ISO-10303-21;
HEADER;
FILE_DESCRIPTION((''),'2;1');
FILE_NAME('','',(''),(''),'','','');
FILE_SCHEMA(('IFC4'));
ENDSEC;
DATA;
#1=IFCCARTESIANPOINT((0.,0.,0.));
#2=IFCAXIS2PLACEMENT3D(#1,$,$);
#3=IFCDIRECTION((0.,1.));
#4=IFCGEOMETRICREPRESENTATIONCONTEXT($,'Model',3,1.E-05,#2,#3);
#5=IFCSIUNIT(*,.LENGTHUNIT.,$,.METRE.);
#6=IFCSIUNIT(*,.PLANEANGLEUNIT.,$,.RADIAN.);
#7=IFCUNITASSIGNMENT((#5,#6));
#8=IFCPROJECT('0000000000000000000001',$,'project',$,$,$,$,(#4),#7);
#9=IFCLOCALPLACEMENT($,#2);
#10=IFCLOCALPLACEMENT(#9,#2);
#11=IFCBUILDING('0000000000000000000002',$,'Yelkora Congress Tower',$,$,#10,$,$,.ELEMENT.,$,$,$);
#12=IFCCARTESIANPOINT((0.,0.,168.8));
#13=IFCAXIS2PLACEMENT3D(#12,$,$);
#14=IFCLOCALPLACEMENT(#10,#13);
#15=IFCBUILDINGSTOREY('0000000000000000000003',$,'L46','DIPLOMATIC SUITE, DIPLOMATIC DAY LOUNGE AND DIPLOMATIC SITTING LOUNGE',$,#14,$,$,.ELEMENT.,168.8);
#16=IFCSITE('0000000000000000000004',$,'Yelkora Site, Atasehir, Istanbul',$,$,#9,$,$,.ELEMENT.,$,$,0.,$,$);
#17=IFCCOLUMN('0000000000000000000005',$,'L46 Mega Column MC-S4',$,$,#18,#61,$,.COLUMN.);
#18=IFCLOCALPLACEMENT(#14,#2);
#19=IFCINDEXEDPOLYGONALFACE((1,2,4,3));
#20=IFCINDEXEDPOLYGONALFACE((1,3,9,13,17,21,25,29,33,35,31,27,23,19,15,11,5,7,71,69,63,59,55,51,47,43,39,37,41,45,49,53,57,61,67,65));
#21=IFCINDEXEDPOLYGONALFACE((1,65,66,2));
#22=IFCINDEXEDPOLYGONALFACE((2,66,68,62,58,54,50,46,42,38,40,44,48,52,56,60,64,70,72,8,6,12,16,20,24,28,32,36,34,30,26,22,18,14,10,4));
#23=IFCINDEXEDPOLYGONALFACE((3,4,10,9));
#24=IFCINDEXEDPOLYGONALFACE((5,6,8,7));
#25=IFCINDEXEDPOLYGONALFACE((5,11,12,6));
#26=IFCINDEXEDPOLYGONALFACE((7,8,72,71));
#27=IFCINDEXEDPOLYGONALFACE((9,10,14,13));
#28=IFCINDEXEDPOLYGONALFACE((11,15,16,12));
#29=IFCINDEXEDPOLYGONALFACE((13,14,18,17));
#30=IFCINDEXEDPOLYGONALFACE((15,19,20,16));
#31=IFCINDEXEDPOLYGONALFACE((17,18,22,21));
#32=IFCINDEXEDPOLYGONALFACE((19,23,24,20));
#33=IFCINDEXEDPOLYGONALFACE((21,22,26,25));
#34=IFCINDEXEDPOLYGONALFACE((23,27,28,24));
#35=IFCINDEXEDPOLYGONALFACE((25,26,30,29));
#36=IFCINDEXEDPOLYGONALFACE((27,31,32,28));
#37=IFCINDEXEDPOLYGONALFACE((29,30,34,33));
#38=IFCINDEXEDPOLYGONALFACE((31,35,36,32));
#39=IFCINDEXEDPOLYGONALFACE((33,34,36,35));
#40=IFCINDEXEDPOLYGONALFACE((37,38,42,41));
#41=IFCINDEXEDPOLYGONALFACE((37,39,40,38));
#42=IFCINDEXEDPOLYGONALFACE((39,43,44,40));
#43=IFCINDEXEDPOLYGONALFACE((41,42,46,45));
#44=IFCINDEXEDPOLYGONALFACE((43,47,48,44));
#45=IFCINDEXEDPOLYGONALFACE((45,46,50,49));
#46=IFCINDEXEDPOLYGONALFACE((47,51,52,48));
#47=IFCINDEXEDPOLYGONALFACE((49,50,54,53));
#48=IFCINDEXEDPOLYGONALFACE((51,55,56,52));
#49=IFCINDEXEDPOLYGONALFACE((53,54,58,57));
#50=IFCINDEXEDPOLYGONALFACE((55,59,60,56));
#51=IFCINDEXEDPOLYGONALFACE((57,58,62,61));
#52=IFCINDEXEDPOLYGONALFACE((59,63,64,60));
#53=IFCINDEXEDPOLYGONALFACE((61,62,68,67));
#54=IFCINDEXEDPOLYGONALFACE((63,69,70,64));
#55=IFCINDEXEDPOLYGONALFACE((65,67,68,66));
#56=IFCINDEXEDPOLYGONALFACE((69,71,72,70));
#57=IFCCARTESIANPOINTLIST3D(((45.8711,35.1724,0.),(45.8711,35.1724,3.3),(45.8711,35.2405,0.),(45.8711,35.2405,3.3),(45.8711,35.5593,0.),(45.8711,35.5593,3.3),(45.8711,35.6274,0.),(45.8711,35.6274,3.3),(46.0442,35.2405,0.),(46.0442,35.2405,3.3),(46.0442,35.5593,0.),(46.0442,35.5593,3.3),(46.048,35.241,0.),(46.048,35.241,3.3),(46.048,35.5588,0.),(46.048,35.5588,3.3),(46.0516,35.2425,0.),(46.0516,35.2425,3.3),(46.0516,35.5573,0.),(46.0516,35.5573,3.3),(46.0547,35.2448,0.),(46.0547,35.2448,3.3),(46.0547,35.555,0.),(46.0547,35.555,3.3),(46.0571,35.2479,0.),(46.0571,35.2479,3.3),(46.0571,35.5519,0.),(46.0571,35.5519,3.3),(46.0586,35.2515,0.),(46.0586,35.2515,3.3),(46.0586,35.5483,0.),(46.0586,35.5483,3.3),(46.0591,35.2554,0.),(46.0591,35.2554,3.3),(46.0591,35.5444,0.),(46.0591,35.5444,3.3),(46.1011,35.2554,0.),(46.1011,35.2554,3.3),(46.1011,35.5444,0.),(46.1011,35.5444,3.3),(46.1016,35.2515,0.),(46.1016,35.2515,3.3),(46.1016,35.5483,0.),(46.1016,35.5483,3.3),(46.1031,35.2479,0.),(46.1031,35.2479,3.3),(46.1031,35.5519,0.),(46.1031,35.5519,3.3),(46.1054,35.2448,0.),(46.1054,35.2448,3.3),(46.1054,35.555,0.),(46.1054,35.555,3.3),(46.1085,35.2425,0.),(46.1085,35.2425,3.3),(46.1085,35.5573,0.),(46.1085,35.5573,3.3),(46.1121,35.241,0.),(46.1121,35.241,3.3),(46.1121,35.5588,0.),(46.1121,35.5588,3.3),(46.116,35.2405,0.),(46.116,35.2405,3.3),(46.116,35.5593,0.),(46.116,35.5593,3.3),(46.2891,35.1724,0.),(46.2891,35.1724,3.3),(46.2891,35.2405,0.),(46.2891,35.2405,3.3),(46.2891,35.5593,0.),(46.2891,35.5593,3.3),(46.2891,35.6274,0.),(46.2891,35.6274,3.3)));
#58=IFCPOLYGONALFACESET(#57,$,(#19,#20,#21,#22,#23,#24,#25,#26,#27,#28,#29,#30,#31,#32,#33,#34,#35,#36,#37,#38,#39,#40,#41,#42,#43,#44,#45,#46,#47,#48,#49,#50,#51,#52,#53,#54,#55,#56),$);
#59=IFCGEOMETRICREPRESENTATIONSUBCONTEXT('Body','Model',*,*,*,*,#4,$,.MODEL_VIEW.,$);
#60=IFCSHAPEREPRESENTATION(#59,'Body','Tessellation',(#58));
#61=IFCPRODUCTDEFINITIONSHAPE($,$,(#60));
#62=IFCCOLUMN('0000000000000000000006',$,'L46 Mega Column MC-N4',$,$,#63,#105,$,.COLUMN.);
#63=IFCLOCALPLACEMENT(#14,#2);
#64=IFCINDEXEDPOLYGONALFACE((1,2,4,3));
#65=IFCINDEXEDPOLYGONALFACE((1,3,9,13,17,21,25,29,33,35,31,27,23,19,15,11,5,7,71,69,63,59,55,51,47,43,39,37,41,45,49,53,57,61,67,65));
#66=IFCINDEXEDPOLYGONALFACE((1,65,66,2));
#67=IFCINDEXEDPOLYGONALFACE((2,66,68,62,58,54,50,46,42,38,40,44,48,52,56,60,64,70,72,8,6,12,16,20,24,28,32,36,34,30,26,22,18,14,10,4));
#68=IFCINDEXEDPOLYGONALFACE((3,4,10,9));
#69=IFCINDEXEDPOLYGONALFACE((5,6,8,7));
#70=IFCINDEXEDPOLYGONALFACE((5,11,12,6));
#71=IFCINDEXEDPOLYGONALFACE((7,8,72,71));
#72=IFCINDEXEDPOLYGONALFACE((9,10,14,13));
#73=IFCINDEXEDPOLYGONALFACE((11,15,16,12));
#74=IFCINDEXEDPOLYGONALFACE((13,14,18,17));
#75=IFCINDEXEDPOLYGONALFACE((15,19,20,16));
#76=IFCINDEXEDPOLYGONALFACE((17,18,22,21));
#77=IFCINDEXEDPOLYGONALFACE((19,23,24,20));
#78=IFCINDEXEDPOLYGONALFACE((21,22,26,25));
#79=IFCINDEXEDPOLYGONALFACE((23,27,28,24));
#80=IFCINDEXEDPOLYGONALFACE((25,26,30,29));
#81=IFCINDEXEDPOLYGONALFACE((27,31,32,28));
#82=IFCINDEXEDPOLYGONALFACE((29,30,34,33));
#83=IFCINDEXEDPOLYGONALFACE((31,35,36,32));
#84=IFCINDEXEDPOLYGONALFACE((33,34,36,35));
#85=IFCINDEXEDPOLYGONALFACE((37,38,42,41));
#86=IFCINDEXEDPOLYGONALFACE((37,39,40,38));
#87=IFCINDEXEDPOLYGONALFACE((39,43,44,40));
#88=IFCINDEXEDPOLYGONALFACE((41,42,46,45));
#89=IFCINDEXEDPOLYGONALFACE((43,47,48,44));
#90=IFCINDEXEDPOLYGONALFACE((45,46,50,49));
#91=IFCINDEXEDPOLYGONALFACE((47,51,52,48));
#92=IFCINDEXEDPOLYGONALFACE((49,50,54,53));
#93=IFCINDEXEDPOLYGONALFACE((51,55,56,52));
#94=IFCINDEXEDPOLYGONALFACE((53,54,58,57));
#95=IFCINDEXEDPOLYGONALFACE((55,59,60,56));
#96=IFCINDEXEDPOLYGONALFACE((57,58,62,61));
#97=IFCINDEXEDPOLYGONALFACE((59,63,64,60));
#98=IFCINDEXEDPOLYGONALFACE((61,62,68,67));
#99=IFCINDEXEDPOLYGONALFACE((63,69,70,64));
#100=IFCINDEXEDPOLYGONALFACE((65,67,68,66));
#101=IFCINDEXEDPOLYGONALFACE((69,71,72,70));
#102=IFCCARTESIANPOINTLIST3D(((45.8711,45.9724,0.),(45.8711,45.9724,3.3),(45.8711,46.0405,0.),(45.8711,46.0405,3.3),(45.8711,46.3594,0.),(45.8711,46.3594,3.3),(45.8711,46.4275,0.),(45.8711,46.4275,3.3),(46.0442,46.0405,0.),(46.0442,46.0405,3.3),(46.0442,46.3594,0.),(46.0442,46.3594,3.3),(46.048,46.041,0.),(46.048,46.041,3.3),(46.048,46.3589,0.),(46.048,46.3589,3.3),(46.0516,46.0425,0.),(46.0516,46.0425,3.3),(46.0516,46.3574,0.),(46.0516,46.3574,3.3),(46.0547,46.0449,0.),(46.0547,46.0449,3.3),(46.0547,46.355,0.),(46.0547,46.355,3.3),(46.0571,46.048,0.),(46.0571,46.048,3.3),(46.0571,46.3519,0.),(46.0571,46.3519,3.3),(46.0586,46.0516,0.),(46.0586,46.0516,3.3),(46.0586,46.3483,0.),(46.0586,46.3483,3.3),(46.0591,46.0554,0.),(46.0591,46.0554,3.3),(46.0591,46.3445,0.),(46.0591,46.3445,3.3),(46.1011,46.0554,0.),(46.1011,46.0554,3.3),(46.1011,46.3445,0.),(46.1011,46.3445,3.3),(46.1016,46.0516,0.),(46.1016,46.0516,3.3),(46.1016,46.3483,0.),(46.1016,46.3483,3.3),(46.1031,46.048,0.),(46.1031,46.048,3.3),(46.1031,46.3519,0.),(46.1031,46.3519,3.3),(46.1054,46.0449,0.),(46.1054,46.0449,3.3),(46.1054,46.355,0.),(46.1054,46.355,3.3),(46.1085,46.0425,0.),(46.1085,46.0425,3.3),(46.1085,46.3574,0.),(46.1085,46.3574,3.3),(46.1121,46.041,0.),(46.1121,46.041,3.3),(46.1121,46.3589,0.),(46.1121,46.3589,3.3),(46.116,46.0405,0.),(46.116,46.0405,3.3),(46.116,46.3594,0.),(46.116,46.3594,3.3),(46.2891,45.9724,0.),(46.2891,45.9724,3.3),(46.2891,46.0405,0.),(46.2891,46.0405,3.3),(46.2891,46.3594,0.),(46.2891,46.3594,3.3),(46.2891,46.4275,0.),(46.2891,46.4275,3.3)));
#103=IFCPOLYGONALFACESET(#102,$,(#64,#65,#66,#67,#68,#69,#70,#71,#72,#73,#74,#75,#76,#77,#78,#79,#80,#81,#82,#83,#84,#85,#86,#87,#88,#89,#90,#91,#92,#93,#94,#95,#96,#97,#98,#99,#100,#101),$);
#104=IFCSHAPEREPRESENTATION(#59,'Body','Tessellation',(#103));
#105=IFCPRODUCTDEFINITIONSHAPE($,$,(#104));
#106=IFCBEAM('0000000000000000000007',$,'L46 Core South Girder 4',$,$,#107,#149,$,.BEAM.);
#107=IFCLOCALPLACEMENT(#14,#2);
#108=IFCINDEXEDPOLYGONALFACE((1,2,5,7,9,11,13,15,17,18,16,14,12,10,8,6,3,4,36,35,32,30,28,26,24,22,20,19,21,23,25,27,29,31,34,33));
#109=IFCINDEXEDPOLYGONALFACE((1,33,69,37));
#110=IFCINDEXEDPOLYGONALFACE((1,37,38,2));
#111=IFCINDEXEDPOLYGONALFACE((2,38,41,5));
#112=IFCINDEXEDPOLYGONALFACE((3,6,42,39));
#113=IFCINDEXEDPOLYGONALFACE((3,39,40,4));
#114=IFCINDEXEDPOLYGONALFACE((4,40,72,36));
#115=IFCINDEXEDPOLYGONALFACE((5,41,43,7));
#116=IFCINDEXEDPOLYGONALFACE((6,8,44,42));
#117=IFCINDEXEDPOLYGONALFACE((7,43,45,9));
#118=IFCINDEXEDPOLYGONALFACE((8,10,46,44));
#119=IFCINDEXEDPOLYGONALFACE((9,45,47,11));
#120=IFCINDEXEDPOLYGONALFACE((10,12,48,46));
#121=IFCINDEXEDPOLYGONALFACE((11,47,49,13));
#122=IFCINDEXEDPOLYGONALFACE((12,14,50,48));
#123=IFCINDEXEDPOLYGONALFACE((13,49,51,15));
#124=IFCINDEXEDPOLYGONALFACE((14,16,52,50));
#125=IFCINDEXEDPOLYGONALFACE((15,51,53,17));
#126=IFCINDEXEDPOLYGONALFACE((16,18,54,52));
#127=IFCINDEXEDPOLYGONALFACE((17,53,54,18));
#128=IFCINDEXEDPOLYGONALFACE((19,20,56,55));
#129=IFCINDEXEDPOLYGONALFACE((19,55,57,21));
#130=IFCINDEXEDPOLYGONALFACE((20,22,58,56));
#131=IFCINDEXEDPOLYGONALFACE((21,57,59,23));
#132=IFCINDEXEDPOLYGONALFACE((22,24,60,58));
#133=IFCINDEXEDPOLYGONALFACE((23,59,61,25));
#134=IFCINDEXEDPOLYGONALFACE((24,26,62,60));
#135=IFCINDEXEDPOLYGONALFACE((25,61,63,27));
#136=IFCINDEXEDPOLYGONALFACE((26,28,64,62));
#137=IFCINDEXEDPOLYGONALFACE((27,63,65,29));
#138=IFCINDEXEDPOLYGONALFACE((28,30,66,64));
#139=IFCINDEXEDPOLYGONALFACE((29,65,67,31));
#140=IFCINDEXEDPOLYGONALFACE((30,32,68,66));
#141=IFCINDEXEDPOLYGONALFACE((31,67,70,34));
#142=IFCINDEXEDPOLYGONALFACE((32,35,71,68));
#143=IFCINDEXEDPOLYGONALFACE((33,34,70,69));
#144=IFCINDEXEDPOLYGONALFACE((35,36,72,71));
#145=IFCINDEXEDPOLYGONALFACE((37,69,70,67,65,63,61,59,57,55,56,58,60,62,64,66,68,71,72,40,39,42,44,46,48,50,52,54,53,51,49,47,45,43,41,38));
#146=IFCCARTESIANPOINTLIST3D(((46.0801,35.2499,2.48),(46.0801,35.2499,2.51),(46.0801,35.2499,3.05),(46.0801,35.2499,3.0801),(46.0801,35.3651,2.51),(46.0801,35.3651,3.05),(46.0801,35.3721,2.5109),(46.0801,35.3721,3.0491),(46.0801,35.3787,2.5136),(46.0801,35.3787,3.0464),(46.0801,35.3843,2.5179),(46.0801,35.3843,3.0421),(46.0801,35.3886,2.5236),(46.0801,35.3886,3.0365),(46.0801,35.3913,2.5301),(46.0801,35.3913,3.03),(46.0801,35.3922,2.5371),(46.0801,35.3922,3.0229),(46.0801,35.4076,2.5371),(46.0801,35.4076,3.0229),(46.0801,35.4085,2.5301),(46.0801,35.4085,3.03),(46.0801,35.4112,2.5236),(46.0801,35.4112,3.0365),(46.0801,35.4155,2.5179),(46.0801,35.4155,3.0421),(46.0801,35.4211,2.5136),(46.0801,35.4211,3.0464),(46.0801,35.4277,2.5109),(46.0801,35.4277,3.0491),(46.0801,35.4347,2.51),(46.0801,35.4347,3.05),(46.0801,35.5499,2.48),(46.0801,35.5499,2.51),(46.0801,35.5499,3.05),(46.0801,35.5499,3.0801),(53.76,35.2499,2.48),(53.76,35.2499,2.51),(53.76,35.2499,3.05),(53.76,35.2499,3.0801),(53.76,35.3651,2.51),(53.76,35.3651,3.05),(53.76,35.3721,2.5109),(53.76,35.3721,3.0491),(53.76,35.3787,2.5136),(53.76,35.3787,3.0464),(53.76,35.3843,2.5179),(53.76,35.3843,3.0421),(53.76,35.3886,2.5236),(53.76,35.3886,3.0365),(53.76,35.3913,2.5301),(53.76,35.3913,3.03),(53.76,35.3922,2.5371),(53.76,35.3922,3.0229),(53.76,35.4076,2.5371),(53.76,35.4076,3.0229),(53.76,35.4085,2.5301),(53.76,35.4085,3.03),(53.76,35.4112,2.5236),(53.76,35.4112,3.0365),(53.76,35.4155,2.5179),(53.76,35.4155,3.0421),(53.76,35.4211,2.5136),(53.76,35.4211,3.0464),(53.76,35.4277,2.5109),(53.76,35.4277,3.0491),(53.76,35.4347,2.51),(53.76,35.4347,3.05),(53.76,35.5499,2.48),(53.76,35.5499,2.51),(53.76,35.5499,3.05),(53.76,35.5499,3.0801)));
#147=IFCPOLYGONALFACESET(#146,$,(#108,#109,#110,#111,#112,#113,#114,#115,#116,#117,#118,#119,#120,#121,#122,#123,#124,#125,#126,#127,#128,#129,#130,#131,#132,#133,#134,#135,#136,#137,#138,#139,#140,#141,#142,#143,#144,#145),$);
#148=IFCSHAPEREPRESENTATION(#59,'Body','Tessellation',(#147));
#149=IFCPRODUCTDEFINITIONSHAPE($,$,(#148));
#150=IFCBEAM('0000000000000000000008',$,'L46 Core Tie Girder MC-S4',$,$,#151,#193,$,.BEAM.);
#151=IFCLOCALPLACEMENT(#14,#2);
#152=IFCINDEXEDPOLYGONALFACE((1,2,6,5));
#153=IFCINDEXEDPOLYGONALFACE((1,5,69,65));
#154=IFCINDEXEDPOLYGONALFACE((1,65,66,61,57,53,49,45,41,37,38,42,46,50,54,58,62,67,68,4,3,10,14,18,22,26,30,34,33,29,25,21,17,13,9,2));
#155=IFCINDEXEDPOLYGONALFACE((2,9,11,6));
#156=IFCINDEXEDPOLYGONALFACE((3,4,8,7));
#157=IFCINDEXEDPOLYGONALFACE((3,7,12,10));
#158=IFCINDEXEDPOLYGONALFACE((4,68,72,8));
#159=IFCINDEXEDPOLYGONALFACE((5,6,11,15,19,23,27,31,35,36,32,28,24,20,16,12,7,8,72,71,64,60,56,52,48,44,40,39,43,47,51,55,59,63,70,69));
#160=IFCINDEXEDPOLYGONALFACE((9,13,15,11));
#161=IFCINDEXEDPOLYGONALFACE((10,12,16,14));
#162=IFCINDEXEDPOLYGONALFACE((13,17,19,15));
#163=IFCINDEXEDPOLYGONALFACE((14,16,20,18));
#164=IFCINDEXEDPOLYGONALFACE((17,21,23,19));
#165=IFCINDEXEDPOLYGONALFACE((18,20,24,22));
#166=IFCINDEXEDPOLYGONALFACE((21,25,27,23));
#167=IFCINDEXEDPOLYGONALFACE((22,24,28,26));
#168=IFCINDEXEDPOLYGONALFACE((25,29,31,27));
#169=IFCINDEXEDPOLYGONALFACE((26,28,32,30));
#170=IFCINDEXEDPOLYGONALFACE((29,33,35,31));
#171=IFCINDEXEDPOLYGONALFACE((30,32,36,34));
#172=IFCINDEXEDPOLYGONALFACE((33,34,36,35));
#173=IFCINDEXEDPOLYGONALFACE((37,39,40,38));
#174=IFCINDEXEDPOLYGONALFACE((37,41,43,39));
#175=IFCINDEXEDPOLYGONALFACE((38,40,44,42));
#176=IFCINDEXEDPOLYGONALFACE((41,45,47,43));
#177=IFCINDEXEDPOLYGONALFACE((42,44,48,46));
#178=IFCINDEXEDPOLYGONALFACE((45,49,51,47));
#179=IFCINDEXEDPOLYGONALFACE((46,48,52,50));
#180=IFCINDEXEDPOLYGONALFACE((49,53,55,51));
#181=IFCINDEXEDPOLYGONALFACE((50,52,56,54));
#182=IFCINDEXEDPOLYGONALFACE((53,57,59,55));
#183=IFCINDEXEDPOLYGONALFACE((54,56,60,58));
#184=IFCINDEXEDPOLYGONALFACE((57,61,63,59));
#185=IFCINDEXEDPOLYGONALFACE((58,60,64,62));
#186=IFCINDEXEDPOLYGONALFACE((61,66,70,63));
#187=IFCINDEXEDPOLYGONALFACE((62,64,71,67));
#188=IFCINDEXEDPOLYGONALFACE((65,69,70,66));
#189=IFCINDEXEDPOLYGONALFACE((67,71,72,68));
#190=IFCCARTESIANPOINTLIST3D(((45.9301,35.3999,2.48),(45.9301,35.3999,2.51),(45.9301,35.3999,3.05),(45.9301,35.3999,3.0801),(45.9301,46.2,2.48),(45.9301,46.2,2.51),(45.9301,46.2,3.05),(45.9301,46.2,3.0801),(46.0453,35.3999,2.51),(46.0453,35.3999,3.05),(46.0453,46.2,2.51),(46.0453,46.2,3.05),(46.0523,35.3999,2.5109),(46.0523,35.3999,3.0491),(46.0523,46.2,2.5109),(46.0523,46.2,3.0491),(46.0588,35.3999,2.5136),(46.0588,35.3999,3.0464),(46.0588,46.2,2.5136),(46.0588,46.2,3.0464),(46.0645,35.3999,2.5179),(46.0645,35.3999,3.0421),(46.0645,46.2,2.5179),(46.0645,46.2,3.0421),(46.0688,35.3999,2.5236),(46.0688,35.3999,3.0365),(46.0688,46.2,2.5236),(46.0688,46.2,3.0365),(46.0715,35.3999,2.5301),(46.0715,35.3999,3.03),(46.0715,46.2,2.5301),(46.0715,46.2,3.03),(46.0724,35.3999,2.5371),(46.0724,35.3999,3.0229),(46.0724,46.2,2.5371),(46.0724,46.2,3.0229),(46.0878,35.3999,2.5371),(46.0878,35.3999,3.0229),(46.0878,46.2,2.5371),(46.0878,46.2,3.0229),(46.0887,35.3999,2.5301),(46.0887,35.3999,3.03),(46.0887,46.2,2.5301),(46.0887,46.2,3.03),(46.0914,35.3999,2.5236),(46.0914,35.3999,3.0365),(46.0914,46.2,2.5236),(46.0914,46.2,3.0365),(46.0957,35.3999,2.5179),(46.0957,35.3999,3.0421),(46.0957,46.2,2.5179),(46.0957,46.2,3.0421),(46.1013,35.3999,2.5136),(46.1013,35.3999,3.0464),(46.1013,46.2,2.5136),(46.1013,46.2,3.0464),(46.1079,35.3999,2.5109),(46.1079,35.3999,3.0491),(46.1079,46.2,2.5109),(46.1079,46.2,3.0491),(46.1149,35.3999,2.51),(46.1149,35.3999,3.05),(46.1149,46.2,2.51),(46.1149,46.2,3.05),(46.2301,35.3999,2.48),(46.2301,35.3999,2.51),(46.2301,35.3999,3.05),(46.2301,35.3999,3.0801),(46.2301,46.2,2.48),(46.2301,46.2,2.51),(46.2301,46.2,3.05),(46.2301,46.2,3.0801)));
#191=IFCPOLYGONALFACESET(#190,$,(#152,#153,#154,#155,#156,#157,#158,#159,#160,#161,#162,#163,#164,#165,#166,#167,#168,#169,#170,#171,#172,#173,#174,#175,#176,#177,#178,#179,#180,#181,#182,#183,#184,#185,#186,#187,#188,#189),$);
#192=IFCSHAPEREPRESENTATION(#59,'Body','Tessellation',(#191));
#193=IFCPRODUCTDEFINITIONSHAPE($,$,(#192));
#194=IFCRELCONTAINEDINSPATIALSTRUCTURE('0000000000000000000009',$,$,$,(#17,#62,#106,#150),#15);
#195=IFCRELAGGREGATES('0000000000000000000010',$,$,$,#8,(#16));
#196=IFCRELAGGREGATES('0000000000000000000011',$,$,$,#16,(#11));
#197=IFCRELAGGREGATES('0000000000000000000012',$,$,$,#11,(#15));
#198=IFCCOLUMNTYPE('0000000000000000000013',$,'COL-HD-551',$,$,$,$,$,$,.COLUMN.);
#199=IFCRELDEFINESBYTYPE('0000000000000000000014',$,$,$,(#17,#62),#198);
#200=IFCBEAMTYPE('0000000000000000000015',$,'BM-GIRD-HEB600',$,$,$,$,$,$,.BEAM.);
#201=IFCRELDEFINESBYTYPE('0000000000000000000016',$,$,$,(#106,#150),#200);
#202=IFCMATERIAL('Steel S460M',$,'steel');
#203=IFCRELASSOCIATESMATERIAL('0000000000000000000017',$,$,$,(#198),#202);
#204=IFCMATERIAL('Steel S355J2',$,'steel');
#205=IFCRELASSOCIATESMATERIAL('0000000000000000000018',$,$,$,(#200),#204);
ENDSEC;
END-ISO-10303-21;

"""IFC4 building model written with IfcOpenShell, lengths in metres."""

from ifc_helpers import new_model, si_unit, direction, frame, origin, origin_2d, place, context, subcontext, project, spatial, i_section, extrude, material, material_profile, profile_set, type_object, element, save


model = new_model("IFC4")

# Units and contexts
model_context = context("Model", 3, precision=1e-05, world=origin(), true_north=direction((0.0, 1.0)))
body_context = subcontext(model_context, "Body", "Model", "MODEL_VIEW")
ifc_project = project(units=[si_unit("LENGTHUNIT", "METRE"), si_unit("PLANEANGLEUNIT", "RADIAN")], contexts=[model_context])

# Site, building, storey
site_placement = place(None, origin())
site = spatial("IfcSite", under=ifc_project, at=site_placement, Name="Yelkora Site, Atasehir, Istanbul", CompositionType="ELEMENT", RefElevation=0.0)
building_placement = place(site_placement, origin())
building = spatial("IfcBuilding", under=site, at=building_placement, Name="Yelkora Congress Tower", CompositionType="ELEMENT")
storey_placement = place(building_placement, frame((0.0, 0.0, 168.8)))
storey = spatial("IfcBuildingStorey", under=building, at=storey_placement, Name="L46", Description="DIPLOMATIC SUITE, DIPLOMATIC DAY LOUNGE AND DIPLOMATIC SITTING LOUNGE", CompositionType="ELEMENT", Elevation=168.8)

# Columns
ifc_material_1 = material(Name="Steel S460M", Category="steel")
ifc_material_profile_1 = material_profile(ifc_material_1, i_section(OverallWidth=0.418, OverallDepth=0.4551, WebThickness=0.042, FlangeThickness=0.0681, FilletRadius=0.0149, at=origin_2d()), Name="HD 400x551")
ifc_profile_set_1 = profile_set([ifc_material_profile_1], Name="Steel S460M")
column_type = type_object("IfcColumnType", Name="COL-HD-551", PredefinedType="COLUMN", material=ifc_profile_set_1)
for number, where, z_axis, x_axis, name in (
    (1, (46.0801, 35.3999, 0.0), (0.0, 0.0, 1.0), (1.0, 0.0, 0.0), "L46 Mega Column MC-S4"),
    (2, (46.0801, 46.2, 0.0), (0.0, 0.0, 1.0), (1.0, 0.0, 0.0), "L46 Mega Column MC-N4"),
):
    element("IfcColumn", number, at=place(storey_placement, frame(where, z_axis=z_axis, x_axis=x_axis)), inside=storey, type_object=column_type, Name=name, PredefinedType="COLUMN", context=body_context, shape_type="SweptSolid", body=[
        extrude(i_section(OverallWidth=0.418, OverallDepth=0.4551, WebThickness=0.042, FlangeThickness=0.0681, FilletRadius=0.0149, at=origin_2d()), origin(), (0.0, 0.0, 1.0), 3.3),
    ])

# Beams
ifc_material_2 = material(Name="Steel S355J2", Category="steel")
ifc_material_profile_2 = material_profile(ifc_material_2, i_section(OverallWidth=0.3, OverallDepth=0.6001, WebThickness=0.0154, FlangeThickness=0.03, FilletRadius=0.0271, at=origin_2d()), Name="HEB 600")
ifc_profile_set_2 = profile_set([ifc_material_profile_2], Name="Steel S355J2")
beam_type_1 = type_object("IfcBeamType", Name="BM-GIRD-HEB600", PredefinedType="BEAM", material=ifc_profile_set_2)
beam_1_placement = place(storey_placement, frame((46.0801, 35.3999, 2.78), z_axis=(1.0, 0.0, 0.0), x_axis=(0.0, 1.0, 0.0)))
element("IfcBeam", 3, at=beam_1_placement, inside=storey, type_object=beam_type_1, Name="L46 Core South Girder 4", PredefinedType="BEAM", context=body_context, shape_type="SweptSolid", body=[
    extrude(i_section(OverallWidth=0.3, OverallDepth=0.6001, WebThickness=0.0154, FlangeThickness=0.03, FilletRadius=0.0271, at=origin_2d()), origin(), (0.0, 0.0, 1.0), 7.6799),
])
beam_2_placement = place(storey_placement, frame((46.0801, 35.3999, 2.78), z_axis=(0.0, 1.0, 0.0), x_axis=(-1.0, 0.0, 0.0)))
element("IfcBeam", 4, at=beam_2_placement, inside=storey, type_object=beam_type_1, Name="L46 Core Tie Girder MC-S4", PredefinedType="BEAM", context=body_context, shape_type="SweptSolid", body=[
    extrude(i_section(OverallWidth=0.3, OverallDepth=0.6001, WebThickness=0.0154, FlangeThickness=0.03, FilletRadius=0.0271, at=origin_2d()), origin(), (0.0, 0.0, 1.0), 10.8),
])

save(model, "model.ifc")
